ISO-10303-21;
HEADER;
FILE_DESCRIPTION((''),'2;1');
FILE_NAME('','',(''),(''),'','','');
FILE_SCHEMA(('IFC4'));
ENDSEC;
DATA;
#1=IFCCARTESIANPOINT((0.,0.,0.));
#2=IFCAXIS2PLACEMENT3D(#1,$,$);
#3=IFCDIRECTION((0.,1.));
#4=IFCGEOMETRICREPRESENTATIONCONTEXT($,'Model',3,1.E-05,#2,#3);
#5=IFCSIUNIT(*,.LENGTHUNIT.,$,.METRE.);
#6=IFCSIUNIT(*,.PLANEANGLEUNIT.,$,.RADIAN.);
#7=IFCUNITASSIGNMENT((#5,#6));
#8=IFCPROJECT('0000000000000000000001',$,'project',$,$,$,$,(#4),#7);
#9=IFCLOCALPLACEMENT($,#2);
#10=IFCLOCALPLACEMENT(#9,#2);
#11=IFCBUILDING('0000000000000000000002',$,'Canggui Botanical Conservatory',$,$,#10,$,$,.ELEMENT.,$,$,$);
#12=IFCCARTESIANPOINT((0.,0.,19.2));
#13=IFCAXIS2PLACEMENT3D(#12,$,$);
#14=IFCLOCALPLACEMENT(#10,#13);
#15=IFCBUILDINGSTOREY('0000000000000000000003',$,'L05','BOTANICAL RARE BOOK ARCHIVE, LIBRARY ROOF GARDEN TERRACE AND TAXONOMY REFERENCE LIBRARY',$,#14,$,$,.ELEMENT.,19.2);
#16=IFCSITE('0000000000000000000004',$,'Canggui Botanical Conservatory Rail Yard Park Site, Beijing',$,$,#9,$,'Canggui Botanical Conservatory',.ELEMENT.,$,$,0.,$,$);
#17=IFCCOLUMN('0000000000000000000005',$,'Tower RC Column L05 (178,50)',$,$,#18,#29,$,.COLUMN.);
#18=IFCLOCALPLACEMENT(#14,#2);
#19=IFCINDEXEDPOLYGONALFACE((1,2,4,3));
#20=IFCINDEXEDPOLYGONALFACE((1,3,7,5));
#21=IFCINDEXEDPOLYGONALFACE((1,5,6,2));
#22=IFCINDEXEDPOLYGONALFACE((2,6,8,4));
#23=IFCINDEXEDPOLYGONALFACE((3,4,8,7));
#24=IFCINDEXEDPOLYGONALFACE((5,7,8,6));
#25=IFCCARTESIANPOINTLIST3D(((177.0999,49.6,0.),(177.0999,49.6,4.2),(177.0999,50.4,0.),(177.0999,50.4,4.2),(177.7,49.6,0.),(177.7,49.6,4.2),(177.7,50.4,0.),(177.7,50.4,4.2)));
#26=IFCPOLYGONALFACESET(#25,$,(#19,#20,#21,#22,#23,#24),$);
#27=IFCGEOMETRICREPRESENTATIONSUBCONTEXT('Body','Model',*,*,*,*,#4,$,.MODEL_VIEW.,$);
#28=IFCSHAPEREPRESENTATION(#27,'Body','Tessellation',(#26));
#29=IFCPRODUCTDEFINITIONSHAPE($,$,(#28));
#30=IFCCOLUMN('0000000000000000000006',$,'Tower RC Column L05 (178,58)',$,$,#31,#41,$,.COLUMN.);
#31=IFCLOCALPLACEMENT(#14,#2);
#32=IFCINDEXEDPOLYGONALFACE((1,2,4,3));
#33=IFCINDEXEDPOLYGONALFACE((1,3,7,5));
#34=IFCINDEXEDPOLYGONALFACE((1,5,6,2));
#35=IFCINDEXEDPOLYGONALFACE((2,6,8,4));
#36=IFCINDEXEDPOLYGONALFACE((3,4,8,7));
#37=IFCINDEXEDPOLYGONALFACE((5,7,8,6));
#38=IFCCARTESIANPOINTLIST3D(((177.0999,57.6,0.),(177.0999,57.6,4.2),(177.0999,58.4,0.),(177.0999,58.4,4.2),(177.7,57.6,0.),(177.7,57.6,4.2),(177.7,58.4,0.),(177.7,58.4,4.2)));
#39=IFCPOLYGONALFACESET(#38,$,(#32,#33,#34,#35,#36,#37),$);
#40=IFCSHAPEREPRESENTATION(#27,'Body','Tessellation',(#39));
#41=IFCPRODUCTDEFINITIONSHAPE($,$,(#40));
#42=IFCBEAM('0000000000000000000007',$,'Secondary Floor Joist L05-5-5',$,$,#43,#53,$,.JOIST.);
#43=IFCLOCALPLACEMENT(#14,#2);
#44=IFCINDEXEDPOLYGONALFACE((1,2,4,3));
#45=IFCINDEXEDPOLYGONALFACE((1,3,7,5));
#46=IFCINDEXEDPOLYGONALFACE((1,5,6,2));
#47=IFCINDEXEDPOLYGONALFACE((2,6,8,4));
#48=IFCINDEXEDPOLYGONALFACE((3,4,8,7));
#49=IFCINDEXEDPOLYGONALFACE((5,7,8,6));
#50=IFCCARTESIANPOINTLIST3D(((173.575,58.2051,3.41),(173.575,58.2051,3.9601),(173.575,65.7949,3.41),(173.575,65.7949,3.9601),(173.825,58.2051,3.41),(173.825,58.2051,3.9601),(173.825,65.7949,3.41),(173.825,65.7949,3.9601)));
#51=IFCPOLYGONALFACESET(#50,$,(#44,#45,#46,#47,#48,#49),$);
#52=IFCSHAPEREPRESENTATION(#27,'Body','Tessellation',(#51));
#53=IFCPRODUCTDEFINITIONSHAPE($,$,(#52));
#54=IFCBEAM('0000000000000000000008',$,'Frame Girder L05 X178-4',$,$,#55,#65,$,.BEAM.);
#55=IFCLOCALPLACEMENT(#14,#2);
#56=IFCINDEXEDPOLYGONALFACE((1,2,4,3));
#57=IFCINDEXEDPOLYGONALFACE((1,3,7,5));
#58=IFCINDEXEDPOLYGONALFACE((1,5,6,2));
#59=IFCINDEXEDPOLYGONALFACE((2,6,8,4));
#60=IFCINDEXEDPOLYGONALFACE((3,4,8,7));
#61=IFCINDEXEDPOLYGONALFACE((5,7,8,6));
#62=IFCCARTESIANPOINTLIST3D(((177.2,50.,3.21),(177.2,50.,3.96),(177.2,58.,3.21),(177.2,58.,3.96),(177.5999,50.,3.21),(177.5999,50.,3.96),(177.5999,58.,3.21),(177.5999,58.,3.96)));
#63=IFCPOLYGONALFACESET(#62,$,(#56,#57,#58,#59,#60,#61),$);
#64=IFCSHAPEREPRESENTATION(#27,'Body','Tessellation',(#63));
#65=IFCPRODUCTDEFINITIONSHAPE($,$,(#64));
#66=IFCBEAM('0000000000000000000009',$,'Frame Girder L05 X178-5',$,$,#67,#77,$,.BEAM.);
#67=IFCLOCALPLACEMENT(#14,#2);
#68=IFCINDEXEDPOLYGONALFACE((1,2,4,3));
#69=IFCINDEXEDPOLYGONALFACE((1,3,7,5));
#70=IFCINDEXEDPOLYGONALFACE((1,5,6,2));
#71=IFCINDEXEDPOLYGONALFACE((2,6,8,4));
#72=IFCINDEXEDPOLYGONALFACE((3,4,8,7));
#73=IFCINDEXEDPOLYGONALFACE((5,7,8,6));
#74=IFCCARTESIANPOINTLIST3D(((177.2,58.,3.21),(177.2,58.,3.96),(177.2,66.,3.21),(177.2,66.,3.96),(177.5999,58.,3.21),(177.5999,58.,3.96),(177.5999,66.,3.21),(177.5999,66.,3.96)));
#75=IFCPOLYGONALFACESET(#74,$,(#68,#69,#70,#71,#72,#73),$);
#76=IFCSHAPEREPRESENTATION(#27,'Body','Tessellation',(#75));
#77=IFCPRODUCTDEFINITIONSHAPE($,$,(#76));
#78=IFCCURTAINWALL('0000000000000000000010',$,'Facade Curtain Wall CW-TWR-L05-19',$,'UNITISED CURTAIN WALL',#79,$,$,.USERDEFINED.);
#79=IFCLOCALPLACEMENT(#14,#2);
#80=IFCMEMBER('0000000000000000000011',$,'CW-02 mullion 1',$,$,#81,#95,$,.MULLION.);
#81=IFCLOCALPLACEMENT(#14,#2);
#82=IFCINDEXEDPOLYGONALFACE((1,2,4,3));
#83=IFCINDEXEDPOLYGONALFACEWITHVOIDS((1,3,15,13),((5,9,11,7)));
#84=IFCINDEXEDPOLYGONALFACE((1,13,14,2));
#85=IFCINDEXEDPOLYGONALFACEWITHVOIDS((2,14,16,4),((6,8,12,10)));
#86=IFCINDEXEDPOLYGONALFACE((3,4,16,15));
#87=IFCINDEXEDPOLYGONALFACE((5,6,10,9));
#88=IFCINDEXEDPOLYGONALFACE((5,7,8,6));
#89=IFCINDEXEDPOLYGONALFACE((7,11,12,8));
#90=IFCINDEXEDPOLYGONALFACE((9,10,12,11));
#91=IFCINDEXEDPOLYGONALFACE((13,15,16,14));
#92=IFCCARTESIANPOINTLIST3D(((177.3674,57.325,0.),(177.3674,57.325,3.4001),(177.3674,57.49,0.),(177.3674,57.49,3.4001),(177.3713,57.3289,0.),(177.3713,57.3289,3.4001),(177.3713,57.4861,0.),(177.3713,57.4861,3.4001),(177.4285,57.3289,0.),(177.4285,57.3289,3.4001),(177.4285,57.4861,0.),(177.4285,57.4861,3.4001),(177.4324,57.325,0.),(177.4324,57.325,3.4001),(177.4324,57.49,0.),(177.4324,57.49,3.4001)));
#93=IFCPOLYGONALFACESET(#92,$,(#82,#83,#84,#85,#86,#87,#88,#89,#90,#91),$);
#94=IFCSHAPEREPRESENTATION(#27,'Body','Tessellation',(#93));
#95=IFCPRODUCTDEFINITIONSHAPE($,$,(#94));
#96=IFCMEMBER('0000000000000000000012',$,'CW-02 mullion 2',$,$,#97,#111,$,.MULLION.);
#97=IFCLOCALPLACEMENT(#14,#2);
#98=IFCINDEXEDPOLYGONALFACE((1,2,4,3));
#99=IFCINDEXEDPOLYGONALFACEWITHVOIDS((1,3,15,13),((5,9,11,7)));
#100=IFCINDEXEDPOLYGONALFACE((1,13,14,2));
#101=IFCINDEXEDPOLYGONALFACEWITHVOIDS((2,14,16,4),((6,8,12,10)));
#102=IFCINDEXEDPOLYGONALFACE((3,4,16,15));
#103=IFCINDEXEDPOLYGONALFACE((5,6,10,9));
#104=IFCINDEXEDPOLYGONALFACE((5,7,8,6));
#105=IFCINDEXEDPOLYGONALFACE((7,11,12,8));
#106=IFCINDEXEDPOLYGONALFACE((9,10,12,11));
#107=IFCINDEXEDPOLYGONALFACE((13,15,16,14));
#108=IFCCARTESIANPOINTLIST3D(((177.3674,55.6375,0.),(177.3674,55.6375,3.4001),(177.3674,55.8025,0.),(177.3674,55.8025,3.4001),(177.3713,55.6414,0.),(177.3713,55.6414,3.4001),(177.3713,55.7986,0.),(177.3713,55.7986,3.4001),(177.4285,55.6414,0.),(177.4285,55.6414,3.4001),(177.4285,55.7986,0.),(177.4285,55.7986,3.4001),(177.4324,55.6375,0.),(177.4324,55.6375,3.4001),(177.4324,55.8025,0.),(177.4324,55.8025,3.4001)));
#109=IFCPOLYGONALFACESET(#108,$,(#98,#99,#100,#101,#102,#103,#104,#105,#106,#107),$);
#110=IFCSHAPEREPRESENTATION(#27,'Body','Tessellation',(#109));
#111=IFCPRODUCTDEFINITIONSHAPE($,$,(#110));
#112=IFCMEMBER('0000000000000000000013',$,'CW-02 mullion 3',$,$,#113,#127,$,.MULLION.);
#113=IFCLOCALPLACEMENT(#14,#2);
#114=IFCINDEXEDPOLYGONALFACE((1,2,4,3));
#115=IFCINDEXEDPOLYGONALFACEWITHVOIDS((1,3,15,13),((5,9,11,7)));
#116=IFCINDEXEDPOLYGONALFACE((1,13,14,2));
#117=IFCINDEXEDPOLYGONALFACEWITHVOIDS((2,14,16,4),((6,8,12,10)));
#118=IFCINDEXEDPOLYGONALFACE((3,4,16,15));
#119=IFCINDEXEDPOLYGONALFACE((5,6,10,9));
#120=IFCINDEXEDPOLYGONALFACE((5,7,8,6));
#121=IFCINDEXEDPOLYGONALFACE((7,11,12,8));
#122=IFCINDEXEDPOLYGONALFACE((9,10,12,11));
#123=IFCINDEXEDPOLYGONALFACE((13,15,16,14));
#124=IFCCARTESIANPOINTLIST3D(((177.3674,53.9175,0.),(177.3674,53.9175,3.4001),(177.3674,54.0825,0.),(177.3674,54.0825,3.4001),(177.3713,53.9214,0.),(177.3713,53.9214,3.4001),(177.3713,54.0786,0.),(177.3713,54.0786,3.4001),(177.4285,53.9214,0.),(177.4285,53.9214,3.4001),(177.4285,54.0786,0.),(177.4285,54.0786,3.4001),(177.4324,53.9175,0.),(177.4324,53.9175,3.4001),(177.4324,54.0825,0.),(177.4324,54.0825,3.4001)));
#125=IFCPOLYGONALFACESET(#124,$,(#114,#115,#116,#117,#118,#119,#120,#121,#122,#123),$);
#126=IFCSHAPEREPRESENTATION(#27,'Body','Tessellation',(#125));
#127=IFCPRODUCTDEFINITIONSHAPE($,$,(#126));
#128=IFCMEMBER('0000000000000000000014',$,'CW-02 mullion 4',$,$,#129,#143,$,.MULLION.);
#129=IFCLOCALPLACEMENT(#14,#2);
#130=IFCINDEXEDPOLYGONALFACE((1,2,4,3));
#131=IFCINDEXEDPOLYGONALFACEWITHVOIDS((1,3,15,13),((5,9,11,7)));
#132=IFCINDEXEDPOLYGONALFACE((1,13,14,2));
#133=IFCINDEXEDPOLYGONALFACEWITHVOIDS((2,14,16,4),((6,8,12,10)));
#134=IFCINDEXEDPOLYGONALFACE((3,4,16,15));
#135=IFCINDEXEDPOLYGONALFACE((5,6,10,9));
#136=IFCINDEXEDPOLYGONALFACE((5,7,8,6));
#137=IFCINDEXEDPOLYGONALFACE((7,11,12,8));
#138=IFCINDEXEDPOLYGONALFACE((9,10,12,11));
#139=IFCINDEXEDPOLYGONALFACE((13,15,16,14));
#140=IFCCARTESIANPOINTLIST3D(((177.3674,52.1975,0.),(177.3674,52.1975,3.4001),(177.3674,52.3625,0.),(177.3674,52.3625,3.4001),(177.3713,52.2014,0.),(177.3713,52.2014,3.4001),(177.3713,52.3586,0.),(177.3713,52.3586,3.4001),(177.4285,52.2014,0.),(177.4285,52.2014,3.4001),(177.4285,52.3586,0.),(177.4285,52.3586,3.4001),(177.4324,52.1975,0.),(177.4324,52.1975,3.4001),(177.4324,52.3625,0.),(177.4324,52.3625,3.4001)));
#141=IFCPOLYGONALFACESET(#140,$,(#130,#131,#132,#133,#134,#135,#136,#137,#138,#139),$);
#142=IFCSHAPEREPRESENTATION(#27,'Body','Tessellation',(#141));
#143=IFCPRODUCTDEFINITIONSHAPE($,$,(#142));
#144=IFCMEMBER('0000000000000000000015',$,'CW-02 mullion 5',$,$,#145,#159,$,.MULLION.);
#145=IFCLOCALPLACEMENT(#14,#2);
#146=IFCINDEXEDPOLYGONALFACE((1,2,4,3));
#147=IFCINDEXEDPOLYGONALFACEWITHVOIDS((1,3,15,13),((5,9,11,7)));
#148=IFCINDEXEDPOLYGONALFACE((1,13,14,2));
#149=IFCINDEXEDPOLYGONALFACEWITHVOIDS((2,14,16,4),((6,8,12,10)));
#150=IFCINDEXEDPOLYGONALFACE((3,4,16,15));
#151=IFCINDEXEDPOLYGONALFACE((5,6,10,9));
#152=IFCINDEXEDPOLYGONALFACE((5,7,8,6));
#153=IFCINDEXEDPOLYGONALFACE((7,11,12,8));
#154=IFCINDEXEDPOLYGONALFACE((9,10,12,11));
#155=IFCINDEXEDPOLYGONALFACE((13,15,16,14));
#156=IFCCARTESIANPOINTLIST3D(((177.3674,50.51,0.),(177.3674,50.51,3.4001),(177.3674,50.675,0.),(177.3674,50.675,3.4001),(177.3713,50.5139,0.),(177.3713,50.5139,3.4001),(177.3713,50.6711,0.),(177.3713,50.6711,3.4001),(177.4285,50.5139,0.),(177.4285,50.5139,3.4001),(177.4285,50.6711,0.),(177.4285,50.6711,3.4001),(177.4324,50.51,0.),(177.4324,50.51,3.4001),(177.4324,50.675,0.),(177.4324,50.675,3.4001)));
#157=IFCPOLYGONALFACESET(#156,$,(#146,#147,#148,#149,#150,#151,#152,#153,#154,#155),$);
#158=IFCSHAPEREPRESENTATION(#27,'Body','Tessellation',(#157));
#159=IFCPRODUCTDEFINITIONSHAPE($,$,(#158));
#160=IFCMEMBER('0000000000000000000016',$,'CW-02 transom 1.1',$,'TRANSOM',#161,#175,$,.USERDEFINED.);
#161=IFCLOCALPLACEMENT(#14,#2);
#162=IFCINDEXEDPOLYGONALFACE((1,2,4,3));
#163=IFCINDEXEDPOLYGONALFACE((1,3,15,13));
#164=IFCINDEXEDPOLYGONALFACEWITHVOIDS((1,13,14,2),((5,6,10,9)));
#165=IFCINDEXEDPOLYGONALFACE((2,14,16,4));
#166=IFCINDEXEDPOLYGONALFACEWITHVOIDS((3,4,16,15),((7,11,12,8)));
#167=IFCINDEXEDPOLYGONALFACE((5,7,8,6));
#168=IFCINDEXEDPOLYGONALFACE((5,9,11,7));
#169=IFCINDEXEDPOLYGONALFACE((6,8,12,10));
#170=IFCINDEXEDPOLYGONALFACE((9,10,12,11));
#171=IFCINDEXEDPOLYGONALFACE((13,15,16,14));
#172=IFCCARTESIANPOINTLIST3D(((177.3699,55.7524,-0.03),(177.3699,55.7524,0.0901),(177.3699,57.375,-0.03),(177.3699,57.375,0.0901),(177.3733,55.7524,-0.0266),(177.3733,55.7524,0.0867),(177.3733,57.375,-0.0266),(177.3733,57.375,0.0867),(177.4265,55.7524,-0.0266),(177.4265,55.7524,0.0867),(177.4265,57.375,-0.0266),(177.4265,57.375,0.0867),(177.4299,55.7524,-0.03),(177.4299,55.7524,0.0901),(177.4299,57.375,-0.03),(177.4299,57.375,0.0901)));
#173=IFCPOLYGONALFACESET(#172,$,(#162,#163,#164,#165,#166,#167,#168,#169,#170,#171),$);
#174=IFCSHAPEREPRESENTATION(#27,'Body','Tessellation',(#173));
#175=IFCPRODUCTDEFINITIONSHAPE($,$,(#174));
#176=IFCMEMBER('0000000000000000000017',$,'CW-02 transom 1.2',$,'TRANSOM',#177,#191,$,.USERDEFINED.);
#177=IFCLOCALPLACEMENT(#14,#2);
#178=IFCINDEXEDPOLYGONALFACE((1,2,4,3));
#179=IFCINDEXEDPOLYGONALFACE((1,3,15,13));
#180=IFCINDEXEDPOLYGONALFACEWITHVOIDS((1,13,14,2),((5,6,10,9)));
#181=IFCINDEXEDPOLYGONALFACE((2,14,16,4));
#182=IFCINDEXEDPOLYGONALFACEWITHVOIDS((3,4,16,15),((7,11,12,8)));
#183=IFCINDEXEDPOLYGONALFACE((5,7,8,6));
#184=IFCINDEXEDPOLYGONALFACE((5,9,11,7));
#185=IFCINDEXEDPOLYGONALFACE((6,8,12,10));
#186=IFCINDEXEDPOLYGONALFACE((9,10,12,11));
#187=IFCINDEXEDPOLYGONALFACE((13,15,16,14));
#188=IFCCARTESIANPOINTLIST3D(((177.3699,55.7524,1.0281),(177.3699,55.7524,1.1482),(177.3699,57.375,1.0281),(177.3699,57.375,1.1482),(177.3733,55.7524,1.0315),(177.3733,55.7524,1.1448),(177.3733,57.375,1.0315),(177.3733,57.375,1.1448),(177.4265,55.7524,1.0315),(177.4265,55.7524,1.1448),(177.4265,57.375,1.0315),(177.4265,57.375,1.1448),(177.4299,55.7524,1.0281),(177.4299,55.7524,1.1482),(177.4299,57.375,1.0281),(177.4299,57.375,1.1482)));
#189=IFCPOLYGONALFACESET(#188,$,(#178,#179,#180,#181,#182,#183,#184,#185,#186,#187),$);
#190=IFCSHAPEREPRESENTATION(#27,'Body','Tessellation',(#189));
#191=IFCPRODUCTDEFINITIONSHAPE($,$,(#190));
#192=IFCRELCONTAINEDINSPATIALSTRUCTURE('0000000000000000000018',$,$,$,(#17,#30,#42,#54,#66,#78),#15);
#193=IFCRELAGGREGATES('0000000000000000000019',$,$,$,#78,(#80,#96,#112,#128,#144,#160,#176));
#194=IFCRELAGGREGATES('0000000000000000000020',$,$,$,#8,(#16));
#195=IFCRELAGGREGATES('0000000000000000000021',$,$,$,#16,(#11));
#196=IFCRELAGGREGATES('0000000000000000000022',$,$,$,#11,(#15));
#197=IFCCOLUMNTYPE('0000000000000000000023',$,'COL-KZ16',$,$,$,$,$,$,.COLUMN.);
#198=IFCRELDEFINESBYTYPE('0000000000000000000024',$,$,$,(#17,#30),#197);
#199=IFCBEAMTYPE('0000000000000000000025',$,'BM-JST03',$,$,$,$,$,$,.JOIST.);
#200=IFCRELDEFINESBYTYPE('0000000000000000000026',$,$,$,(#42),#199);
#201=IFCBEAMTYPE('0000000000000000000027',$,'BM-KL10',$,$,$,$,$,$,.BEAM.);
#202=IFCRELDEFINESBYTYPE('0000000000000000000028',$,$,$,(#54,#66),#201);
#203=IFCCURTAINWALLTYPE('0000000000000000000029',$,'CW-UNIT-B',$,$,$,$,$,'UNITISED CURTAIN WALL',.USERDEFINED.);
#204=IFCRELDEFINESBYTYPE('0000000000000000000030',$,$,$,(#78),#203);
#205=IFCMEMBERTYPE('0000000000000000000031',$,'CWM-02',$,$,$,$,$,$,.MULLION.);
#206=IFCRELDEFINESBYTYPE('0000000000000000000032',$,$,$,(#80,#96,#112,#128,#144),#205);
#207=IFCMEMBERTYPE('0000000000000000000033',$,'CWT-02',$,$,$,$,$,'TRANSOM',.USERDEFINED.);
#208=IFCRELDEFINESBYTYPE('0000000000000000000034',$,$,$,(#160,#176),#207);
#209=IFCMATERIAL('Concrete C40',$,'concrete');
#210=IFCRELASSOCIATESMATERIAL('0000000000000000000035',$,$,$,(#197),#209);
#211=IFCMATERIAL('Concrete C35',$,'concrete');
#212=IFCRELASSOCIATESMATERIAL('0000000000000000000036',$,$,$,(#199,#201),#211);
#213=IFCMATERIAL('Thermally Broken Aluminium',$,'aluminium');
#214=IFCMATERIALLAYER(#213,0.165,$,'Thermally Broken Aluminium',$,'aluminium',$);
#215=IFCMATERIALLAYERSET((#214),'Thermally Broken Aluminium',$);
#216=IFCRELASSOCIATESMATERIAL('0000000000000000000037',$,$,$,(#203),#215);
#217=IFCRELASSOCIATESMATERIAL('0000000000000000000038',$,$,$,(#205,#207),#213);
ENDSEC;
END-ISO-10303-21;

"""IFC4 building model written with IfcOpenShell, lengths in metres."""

from ifc_helpers import new_model, si_unit, direction, frame, origin, origin_2d, place, context, subcontext, project, spatial, rectangle, hollow_rectangle, extrude, material, layer, layer_set, material_profile, profile_set, type_object, element, aggregate, save


model = new_model("IFC4")

# Units and contexts
model_context = context("Model", 3, precision=1e-05, world=origin(), true_north=direction((0.0, 1.0)))
body_context = subcontext(model_context, "Body", "Model", "MODEL_VIEW")
ifc_project = project(units=[si_unit("LENGTHUNIT", "METRE"), si_unit("PLANEANGLEUNIT", "RADIAN")], contexts=[model_context])

# Site, building, storey
site_placement = place(None, origin())
site = spatial("IfcSite", under=ifc_project, at=site_placement, Name="Canggui Botanical Conservatory Rail Yard Park Site, Beijing", LongName="Canggui Botanical Conservatory", CompositionType="ELEMENT", RefElevation=0.0)
building_placement = place(site_placement, origin())
building = spatial("IfcBuilding", under=site, at=building_placement, Name="Canggui Botanical Conservatory", CompositionType="ELEMENT")
storey_placement = place(building_placement, frame((0.0, 0.0, 19.2)))
storey = spatial("IfcBuildingStorey", under=building, at=storey_placement, Name="L05", Description="BOTANICAL RARE BOOK ARCHIVE, LIBRARY ROOF GARDEN TERRACE AND TAXONOMY REFERENCE LIBRARY", CompositionType="ELEMENT", Elevation=19.2)

# Columns
ifc_material_1 = material(Name="Concrete C40", Category="concrete")
ifc_material_profile_1 = material_profile(ifc_material_1, rectangle(XDim=0.6001, YDim=0.8, at=origin_2d()), Name="RC 600x800")
ifc_profile_set_1 = profile_set([ifc_material_profile_1], Name="Concrete C40")
column_type = type_object("IfcColumnType", Name="COL-KZ16", PredefinedType="COLUMN", material=ifc_profile_set_1)
for number, where, z_axis, x_axis, name in (
    (1, (177.3999, 50.0, 0.0), (0.0, 0.0, 1.0), (1.0, 0.0, 0.0), "Tower RC Column L05 (178,50)"),
    (2, (177.3999, 58.0, 0.0), (0.0, 0.0, 1.0), (1.0, 0.0, 0.0), "Tower RC Column L05 (178,58)"),
):
    element("IfcColumn", number, at=place(storey_placement, frame(where, z_axis=z_axis, x_axis=x_axis)), inside=storey, type_object=column_type, Name=name, PredefinedType="COLUMN", context=body_context, shape_type="SweptSolid", body=[
        extrude(rectangle(XDim=0.6001, YDim=0.8, at=origin_2d()), origin(), (0.0, 0.0, 1.0), 4.2),
    ])

# Beams
ifc_material_2 = material(Name="Concrete C35", Category="concrete")
ifc_material_profile_2 = material_profile(ifc_material_2, rectangle(XDim=0.25, YDim=0.55, at=origin_2d()), Name="RB 250x550")
ifc_profile_set_2 = profile_set([ifc_material_profile_2], Name="Concrete C35")
beam_type_1 = type_object("IfcBeamType", Name="BM-JST03", PredefinedType="JOIST", material=ifc_profile_set_2)
beam_placement = place(storey_placement, frame((173.7, 58.2051, 3.6851), z_axis=(0.0, 1.0, 0.0), x_axis=(-1.0, 0.0, 0.0)))
element("IfcBeam", 3, at=beam_placement, inside=storey, type_object=beam_type_1, Name="Secondary Floor Joist L05-5-5", PredefinedType="JOIST", context=body_context, shape_type="SweptSolid", body=[
    extrude(rectangle(XDim=0.25, YDim=0.55, at=origin_2d()), origin(), (0.0, 0.0, 1.0), 7.5898),
])
ifc_material_profile_3 = material_profile(ifc_material_2, rectangle(XDim=0.3999, YDim=0.75, at=origin_2d()), Name="RB 400x750")
ifc_profile_set_3 = profile_set([ifc_material_profile_3], Name="Concrete C35")
beam_type_2 = type_object("IfcBeamType", Name="BM-KL10", PredefinedType="BEAM", material=ifc_profile_set_3)
for number, where, z_axis, x_axis, name in (
    (4, (177.3999, 50.0, 3.585), (0.0, 1.0, 0.0), (-1.0, 0.0, 0.0), "Frame Girder L05 X178-4"),
    (5, (177.3999, 58.0, 3.585), (0.0, 1.0, 0.0), (-1.0, 0.0, 0.0), "Frame Girder L05 X178-5"),
):
    element("IfcBeam", number, at=place(storey_placement, frame(where, z_axis=z_axis, x_axis=x_axis)), inside=storey, type_object=beam_type_2, Name=name, PredefinedType="BEAM", context=body_context, shape_type="SweptSolid", body=[
        extrude(rectangle(XDim=0.3999, YDim=0.75, at=origin_2d()), origin(), (0.0, 0.0, 1.0), 8.0),
    ])

# Curtain wall, members
ifc_material_3 = material(Name="Thermally Broken Aluminium", Category="aluminium")
ifc_layer_1 = layer(ifc_material_3, 0.165, Name="Thermally Broken Aluminium", Category="aluminium")
ifc_layer_set_1 = layer_set([ifc_layer_1], Name="Thermally Broken Aluminium")
curtain_wall_type = type_object("IfcCurtainWallType", Name="CW-UNIT-B", ElementType="UNITISED CURTAIN WALL", PredefinedType="USERDEFINED", material=ifc_layer_set_1)
curtain_wall_placement = place(storey_placement, origin())
curtain_wall = element("IfcCurtainWall", 6, at=curtain_wall_placement, inside=storey, type_object=curtain_wall_type, Name="Facade Curtain Wall CW-TWR-L05-19", ObjectType="UNITISED CURTAIN WALL", PredefinedType="USERDEFINED")
ifc_material_profile_4 = material_profile(ifc_material_3, hollow_rectangle(XDim=0.0649, YDim=0.165, WallThickness=0.0039, at=origin_2d()), Name="CWM 65x165x4")
ifc_profile_set_4 = profile_set([ifc_material_profile_4], Name="Thermally Broken Aluminium")
member_type_1 = type_object("IfcMemberType", Name="CWM-02", PredefinedType="MULLION", material=ifc_profile_set_4)
member_1_placement = place(storey_placement, frame((177.3999, 57.4075, 0.0), z_axis=(0.0, 0.0, 1.0), x_axis=(1.0, 0.0, 0.0)))
member_1 = element("IfcMember", 7, at=member_1_placement, type_object=member_type_1, Name="CW-02 mullion 1", PredefinedType="MULLION", context=body_context, shape_type="SweptSolid", body=[
    extrude(hollow_rectangle(XDim=0.0649, YDim=0.165, WallThickness=0.0039, at=origin_2d()), origin(), (0.0, 0.0, 1.0), 3.4001),
])
member_2_placement = place(storey_placement, frame((177.3999, 55.72, 0.0), z_axis=(0.0, 0.0, 1.0), x_axis=(1.0, 0.0, 0.0)))
member_2 = element("IfcMember", 8, at=member_2_placement, type_object=member_type_1, Name="CW-02 mullion 2", PredefinedType="MULLION", context=body_context, shape_type="SweptSolid", body=[
    extrude(hollow_rectangle(XDim=0.0649, YDim=0.165, WallThickness=0.0039, at=origin_2d()), origin(), (0.0, 0.0, 1.0), 3.4001),
])
member_3_placement = place(storey_placement, frame((177.3999, 54.0, 0.0), z_axis=(0.0, 0.0, 1.0), x_axis=(1.0, 0.0, 0.0)))
member_3 = element("IfcMember", 9, at=member_3_placement, type_object=member_type_1, Name="CW-02 mullion 3", PredefinedType="MULLION", context=body_context, shape_type="SweptSolid", body=[
    extrude(hollow_rectangle(XDim=0.0649, YDim=0.165, WallThickness=0.0039, at=origin_2d()), origin(), (0.0, 0.0, 1.0), 3.4001),
])
member_4_placement = place(storey_placement, frame((177.3999, 52.28, 0.0), z_axis=(0.0, 0.0, 1.0), x_axis=(1.0, 0.0, 0.0)))
member_4 = element("IfcMember", 10, at=member_4_placement, type_object=member_type_1, Name="CW-02 mullion 4", PredefinedType="MULLION", context=body_context, shape_type="SweptSolid", body=[
    extrude(hollow_rectangle(XDim=0.0649, YDim=0.165, WallThickness=0.0039, at=origin_2d()), origin(), (0.0, 0.0, 1.0), 3.4001),
])
member_5_placement = place(storey_placement, frame((177.3999, 50.5925, 0.0), z_axis=(0.0, 0.0, 1.0), x_axis=(1.0, 0.0, 0.0)))
member_5 = element("IfcMember", 11, at=member_5_placement, type_object=member_type_1, Name="CW-02 mullion 5", PredefinedType="MULLION", context=body_context, shape_type="SweptSolid", body=[
    extrude(hollow_rectangle(XDim=0.0649, YDim=0.165, WallThickness=0.0039, at=origin_2d()), origin(), (0.0, 0.0, 1.0), 3.4001),
])
ifc_material_profile_5 = material_profile(ifc_material_3, hollow_rectangle(XDim=0.0601, YDim=0.1201, WallThickness=0.0034, at=origin_2d()), Name="CWT 60x120x3.5")
ifc_profile_set_5 = profile_set([ifc_material_profile_5], Name="Thermally Broken Aluminium")
member_type_2 = type_object("IfcMemberType", Name="CWT-02", ElementType="TRANSOM", PredefinedType="USERDEFINED", material=ifc_profile_set_5)
member_6_placement = place(storey_placement, frame((177.3999, 57.375, 0.03), z_axis=(0.0, -1.0, 0.0), x_axis=(1.0, 0.0, 0.0)))
member_6 = element("IfcMember", 12, at=member_6_placement, type_object=member_type_2, Name="CW-02 transom 1.1", ObjectType="TRANSOM", PredefinedType="USERDEFINED", context=body_context, shape_type="SweptSolid", body=[
    extrude(hollow_rectangle(XDim=0.0601, YDim=0.1201, WallThickness=0.0034, at=origin_2d()), origin(), (0.0, 0.0, 1.0), 1.6226),
])
member_7_placement = place(storey_placement, frame((177.3999, 57.375, 1.0881), z_axis=(0.0, -1.0, 0.0), x_axis=(1.0, 0.0, 0.0)))
member_7 = element("IfcMember", 13, at=member_7_placement, type_object=member_type_2, Name="CW-02 transom 1.2", ObjectType="TRANSOM", PredefinedType="USERDEFINED", context=body_context, shape_type="SweptSolid", body=[
    extrude(hollow_rectangle(XDim=0.0601, YDim=0.1201, WallThickness=0.0034, at=origin_2d()), origin(), (0.0, 0.0, 1.0), 1.6226),
])
aggregate(curtain_wall, [member_1, member_2, member_3, member_4, member_5, member_6, member_7])

save(model, "model.ifc")
